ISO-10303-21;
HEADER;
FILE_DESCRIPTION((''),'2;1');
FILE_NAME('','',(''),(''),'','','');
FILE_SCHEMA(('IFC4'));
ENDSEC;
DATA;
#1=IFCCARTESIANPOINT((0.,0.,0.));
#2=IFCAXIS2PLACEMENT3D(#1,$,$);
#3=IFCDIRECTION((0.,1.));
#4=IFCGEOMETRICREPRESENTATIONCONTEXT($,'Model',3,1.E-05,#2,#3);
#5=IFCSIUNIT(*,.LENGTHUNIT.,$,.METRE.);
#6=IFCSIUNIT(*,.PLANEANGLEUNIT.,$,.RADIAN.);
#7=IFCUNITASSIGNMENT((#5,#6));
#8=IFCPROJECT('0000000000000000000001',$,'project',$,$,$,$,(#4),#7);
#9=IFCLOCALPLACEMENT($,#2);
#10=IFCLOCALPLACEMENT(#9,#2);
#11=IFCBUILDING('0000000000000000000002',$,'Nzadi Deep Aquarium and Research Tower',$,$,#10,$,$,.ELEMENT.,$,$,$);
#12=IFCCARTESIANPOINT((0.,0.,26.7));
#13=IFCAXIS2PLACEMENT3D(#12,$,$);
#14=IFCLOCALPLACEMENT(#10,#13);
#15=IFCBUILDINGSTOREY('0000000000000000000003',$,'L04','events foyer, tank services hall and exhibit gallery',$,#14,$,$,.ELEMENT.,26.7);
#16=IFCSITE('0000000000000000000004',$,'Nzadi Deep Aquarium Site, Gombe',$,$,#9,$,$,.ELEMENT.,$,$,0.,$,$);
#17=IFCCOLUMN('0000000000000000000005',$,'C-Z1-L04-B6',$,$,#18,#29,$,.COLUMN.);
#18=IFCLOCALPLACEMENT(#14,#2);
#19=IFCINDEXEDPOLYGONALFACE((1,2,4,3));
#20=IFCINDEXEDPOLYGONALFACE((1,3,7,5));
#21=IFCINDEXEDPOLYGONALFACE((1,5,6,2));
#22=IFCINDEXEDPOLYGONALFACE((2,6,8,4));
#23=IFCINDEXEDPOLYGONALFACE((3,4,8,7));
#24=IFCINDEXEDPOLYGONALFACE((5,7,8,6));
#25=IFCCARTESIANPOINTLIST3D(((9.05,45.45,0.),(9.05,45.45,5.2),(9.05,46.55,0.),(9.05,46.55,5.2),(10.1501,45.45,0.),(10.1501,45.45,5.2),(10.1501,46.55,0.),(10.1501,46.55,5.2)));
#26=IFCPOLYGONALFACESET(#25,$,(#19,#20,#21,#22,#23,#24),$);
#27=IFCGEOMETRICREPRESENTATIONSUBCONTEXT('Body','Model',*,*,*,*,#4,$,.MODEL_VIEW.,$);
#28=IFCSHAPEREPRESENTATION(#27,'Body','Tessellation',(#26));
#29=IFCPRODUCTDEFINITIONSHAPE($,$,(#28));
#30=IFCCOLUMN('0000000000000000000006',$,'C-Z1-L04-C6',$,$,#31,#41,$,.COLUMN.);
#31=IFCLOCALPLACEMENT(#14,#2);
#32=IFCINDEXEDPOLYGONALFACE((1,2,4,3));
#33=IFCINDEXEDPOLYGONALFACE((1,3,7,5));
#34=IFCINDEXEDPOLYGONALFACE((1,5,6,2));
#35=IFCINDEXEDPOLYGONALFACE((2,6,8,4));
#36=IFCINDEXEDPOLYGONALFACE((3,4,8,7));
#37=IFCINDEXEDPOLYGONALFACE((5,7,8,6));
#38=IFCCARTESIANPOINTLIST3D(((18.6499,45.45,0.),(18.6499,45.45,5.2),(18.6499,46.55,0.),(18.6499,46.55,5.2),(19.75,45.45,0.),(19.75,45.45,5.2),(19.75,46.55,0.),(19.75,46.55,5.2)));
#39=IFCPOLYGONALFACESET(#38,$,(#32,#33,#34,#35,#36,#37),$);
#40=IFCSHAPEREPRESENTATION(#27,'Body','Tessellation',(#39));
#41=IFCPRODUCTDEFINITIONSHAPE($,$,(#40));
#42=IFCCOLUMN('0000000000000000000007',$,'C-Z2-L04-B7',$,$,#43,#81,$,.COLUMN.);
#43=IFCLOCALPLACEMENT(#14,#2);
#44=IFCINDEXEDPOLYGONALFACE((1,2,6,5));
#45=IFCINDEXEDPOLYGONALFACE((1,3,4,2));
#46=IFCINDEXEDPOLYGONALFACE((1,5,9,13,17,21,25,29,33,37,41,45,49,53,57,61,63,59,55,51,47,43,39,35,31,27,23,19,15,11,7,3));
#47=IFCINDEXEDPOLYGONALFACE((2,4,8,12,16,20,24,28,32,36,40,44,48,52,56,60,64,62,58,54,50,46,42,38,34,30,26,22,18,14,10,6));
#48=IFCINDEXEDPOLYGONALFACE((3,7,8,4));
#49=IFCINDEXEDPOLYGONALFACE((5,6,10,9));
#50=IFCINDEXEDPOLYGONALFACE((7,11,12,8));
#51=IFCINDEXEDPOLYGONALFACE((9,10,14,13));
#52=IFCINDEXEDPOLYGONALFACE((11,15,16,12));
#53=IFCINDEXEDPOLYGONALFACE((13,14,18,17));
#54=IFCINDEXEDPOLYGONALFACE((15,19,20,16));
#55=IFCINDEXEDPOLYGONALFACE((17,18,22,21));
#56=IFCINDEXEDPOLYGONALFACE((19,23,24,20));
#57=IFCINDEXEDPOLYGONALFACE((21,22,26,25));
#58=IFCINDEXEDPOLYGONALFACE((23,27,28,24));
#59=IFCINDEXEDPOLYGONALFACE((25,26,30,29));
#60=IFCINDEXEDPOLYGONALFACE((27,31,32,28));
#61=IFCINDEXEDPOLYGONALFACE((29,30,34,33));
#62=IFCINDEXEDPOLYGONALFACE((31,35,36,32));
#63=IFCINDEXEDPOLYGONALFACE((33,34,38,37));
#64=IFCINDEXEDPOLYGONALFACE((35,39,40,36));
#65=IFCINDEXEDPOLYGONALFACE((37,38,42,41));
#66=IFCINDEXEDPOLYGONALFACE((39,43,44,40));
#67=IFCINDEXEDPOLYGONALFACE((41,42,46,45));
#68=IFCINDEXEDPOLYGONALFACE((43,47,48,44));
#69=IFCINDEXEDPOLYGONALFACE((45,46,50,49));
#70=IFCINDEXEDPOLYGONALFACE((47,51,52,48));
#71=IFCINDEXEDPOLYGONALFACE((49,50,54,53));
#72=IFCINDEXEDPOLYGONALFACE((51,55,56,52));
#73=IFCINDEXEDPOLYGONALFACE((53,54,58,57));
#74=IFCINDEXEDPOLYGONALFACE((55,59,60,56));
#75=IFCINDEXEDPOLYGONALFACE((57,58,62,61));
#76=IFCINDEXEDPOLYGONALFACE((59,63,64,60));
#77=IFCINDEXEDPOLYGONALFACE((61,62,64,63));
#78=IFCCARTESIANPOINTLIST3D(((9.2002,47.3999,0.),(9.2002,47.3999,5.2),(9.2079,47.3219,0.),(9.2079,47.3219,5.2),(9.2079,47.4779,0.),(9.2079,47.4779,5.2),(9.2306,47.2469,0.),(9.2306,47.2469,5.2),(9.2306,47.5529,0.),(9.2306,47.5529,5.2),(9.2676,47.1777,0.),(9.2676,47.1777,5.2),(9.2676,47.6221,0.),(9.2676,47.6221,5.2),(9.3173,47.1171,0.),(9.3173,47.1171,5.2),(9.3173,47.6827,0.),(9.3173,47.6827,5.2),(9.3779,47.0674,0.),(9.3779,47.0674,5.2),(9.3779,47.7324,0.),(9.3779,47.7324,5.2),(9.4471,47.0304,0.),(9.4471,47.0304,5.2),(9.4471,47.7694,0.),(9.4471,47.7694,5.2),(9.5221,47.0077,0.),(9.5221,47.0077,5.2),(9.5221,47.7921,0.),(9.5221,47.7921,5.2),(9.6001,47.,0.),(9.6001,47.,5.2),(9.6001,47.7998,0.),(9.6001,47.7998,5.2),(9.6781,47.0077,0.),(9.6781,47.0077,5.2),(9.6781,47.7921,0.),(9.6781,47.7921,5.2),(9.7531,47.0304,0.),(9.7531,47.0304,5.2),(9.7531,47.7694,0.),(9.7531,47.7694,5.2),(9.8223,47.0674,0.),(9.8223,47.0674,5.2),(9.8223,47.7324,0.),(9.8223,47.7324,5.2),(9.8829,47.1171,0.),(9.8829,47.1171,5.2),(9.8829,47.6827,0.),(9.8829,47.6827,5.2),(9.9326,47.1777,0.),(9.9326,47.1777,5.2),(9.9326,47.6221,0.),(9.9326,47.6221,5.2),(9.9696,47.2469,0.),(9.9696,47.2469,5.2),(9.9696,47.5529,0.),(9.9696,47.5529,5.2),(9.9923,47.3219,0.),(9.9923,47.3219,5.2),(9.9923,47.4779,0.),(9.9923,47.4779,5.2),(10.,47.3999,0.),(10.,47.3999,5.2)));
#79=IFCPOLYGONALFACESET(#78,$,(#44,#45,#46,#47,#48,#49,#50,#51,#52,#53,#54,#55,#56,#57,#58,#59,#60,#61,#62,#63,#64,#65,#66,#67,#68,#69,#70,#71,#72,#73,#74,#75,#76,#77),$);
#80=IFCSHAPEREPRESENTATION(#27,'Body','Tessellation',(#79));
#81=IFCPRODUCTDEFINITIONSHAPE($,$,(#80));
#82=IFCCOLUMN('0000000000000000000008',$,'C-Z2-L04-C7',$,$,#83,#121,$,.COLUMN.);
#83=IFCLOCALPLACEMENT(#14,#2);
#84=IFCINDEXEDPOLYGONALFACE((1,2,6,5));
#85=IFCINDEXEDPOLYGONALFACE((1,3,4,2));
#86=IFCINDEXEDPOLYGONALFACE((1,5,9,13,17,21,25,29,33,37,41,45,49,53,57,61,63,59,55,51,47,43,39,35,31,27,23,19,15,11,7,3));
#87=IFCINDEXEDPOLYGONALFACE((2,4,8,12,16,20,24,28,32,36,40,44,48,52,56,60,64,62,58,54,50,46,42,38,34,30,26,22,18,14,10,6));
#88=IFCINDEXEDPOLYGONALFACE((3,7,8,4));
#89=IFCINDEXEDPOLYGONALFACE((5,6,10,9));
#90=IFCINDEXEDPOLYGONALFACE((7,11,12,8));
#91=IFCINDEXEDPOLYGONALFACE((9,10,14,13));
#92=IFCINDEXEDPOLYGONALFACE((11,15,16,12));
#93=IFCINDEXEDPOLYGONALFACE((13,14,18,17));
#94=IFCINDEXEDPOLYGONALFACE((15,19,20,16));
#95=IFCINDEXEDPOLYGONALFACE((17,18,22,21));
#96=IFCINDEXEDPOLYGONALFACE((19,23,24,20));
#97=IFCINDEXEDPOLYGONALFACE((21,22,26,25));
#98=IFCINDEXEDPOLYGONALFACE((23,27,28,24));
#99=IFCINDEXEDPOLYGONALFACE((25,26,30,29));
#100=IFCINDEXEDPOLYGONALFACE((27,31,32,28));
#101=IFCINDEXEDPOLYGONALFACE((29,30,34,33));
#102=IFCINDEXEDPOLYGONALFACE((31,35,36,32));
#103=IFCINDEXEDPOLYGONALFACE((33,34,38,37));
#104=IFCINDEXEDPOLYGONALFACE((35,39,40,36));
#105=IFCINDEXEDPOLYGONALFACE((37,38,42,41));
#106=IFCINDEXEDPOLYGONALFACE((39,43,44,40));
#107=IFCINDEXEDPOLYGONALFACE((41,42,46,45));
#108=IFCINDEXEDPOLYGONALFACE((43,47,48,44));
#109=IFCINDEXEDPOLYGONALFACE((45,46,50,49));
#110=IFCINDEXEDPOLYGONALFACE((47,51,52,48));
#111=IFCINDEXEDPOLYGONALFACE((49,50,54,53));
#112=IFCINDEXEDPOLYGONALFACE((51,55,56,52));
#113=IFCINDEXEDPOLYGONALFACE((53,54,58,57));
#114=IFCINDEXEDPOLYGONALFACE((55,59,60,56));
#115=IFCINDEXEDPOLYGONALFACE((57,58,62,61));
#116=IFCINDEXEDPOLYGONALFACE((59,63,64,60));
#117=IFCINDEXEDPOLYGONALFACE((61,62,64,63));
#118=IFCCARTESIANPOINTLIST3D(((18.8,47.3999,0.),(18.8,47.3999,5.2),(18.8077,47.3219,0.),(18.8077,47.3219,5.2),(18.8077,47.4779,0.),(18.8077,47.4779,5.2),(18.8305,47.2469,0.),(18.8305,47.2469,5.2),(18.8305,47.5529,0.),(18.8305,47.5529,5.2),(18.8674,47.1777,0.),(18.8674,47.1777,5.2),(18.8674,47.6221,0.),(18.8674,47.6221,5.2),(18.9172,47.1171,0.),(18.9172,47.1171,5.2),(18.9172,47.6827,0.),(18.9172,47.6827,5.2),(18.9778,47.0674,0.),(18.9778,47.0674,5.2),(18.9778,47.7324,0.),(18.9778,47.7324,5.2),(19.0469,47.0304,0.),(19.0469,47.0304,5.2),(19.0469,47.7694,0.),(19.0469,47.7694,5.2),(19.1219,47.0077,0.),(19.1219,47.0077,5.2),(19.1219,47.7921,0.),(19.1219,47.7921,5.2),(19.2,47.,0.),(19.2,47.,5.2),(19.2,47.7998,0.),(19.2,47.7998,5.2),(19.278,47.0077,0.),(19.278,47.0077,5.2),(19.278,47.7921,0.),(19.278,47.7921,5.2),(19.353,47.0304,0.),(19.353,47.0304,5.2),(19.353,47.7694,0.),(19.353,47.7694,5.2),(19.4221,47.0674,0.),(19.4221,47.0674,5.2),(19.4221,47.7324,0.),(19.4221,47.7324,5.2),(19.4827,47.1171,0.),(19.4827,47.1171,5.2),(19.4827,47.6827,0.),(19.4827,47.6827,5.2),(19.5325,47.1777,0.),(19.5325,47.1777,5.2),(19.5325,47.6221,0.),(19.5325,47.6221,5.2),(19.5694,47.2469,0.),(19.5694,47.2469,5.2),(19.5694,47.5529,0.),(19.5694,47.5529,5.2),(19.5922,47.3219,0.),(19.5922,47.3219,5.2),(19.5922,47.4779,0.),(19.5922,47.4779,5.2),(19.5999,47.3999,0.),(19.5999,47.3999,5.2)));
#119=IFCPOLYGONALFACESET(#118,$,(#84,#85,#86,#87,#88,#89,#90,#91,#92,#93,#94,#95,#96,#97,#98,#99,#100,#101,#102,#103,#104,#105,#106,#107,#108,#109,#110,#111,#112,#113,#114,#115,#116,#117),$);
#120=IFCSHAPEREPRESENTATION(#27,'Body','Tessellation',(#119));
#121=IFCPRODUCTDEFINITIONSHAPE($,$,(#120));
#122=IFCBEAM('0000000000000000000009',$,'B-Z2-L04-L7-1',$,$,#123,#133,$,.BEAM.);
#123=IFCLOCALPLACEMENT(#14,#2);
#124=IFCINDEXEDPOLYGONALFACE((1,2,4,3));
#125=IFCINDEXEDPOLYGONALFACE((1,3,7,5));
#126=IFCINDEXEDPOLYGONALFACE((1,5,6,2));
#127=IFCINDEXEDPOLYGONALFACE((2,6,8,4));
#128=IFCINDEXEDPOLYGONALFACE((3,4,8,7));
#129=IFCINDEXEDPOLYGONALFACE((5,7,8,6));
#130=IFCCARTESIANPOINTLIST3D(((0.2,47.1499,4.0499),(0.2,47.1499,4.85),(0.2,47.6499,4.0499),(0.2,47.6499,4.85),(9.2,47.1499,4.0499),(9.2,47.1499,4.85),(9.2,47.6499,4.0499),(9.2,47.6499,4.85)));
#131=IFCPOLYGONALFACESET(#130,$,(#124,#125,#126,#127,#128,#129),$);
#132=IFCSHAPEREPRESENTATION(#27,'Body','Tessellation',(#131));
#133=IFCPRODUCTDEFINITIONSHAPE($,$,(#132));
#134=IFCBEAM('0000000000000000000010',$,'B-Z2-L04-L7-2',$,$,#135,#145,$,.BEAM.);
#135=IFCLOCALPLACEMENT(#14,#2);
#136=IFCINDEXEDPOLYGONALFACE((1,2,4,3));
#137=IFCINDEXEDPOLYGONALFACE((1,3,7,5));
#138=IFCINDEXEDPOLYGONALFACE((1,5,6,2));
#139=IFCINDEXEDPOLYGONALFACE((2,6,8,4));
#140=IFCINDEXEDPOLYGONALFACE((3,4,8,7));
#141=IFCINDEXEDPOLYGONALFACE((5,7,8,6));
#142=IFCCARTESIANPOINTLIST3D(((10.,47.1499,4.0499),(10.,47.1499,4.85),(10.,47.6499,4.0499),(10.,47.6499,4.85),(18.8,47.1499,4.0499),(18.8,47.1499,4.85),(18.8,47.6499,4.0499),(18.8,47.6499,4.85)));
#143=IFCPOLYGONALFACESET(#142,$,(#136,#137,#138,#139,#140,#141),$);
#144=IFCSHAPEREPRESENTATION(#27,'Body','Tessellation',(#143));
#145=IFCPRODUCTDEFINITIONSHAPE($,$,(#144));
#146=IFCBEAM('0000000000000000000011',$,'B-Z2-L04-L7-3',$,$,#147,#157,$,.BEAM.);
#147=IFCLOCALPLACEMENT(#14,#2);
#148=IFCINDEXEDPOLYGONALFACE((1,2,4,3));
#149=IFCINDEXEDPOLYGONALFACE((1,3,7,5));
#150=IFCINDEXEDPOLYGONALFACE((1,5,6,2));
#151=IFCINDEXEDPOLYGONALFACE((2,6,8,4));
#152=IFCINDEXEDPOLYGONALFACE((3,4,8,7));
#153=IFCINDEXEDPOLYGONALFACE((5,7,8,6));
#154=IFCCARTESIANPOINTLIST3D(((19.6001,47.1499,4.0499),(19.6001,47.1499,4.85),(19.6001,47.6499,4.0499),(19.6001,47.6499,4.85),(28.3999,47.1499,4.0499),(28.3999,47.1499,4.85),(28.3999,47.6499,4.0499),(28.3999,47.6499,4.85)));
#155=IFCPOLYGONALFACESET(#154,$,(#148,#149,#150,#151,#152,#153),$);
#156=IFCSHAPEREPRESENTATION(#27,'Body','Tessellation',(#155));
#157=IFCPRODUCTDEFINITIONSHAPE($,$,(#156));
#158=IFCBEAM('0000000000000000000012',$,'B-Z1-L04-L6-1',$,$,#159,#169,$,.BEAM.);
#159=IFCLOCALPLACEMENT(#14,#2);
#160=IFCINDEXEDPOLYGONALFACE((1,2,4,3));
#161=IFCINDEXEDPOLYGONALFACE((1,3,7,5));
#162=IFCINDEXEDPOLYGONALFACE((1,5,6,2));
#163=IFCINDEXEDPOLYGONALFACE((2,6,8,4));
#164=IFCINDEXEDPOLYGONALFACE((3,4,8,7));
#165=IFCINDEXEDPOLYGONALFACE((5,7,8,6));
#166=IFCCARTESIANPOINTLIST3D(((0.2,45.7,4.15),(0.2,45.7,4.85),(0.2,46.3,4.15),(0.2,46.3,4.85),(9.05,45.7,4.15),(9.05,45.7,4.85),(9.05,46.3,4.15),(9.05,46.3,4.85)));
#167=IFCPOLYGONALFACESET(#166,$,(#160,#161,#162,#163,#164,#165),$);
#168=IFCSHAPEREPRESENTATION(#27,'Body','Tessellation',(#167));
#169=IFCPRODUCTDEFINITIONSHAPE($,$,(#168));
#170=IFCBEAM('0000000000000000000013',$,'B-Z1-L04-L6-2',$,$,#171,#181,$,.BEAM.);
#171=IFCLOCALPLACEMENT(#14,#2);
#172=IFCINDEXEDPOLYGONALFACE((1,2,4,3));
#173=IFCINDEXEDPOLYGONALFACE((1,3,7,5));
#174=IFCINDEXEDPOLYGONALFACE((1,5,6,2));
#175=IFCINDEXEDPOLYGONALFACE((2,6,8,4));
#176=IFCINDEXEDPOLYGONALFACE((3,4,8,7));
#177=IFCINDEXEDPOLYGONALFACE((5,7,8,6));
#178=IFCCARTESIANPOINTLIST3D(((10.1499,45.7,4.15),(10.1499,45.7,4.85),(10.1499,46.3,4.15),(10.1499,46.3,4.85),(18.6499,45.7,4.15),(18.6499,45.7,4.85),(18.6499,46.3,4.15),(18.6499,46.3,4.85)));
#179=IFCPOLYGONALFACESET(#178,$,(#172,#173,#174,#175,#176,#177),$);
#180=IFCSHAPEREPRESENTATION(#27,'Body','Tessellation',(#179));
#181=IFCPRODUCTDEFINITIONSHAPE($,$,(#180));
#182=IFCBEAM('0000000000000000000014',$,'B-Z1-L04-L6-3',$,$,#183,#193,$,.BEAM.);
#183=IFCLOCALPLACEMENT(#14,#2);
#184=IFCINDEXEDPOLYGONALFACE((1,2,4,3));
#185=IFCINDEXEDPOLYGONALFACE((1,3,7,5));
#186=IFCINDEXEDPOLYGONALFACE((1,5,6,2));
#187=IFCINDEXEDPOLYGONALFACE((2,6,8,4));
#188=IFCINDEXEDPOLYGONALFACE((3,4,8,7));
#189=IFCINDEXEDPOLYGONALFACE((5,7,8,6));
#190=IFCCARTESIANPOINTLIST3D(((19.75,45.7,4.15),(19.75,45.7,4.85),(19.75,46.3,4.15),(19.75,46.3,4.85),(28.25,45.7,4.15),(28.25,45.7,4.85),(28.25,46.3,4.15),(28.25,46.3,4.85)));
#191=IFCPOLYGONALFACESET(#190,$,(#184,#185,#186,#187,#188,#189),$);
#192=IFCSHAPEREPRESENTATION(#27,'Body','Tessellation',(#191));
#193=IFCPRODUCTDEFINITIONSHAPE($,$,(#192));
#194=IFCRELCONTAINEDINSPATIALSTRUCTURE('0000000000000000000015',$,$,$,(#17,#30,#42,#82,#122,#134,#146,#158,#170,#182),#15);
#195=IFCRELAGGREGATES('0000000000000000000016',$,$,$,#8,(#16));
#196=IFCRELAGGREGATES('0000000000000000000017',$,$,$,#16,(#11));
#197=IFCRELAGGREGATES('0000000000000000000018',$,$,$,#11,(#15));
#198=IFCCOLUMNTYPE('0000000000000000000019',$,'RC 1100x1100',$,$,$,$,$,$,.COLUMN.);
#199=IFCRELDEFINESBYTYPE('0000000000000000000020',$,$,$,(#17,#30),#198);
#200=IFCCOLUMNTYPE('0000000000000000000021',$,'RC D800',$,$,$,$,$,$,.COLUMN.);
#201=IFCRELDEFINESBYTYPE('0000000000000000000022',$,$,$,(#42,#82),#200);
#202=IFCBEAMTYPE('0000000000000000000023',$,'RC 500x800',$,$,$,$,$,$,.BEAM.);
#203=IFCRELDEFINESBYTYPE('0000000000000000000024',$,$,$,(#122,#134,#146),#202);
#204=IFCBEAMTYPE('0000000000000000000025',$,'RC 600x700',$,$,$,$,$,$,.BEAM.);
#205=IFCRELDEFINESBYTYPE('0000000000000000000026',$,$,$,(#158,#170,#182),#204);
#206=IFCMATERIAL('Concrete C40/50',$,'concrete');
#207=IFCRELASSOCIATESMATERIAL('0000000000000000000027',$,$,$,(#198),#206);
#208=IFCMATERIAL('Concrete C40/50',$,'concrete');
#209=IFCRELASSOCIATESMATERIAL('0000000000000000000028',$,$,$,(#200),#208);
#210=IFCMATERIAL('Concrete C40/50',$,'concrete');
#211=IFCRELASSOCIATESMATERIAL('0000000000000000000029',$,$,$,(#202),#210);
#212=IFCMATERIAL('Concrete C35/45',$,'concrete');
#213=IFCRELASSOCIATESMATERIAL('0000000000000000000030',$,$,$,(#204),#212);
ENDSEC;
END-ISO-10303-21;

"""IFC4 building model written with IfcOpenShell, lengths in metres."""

from ifc_helpers import new_model, si_unit, direction, frame, origin, origin_2d, place, context, subcontext, project, spatial, rectangle, circle, extrude, material, material_profile, profile_set, type_object, element, save


model = new_model("IFC4")

# Units and contexts
model_context = context("Model", 3, precision=1e-05, world=origin(), true_north=direction((0.0, 1.0)))
body_context = subcontext(model_context, "Body", "Model", "MODEL_VIEW")
ifc_project = project(units=[si_unit("LENGTHUNIT", "METRE"), si_unit("PLANEANGLEUNIT", "RADIAN")], contexts=[model_context])

# Site, building, storey
site_placement = place(None, origin())
site = spatial("IfcSite", under=ifc_project, at=site_placement, Name="Nzadi Deep Aquarium Site, Gombe", CompositionType="ELEMENT", RefElevation=0.0)
building_placement = place(site_placement, origin())
building = spatial("IfcBuilding", under=site, at=building_placement, Name="Nzadi Deep Aquarium and Research Tower", CompositionType="ELEMENT")
storey_placement = place(building_placement, frame((0.0, 0.0, 26.7)))
storey = spatial("IfcBuildingStorey", under=building, at=storey_placement, Name="L04", Description="events foyer, tank services hall and exhibit gallery", CompositionType="ELEMENT", Elevation=26.7)

# Columns
ifc_material_1 = material(Name="Concrete C40/50", Category="concrete")
ifc_material_profile_1 = material_profile(ifc_material_1, rectangle(XDim=1.1001, YDim=1.1001, at=origin_2d()))
ifc_profile_set_1 = profile_set([ifc_material_profile_1], Name="Concrete C40/50")
column_type_1 = type_object("IfcColumnType", Name="RC 1100x1100", PredefinedType="COLUMN", material=ifc_profile_set_1)
for number, where, z_axis, x_axis, name in (
    (1, (9.6001, 46.0, 0.0), (0.0, 0.0, 1.0), (1.0, 0.0, 0.0), "C-Z1-L04-B6"),
    (2, (19.2, 46.0, 0.0), (0.0, 0.0, 1.0), (1.0, 0.0, 0.0), "C-Z1-L04-C6"),
):
    element("IfcColumn", number, at=place(storey_placement, frame(where, z_axis=z_axis, x_axis=x_axis)), inside=storey, type_object=column_type_1, Name=name, PredefinedType="COLUMN", context=body_context, shape_type="SweptSolid", body=[
        extrude(rectangle(XDim=1.1001, YDim=1.1001, at=origin_2d()), origin(), (0.0, 0.0, 1.0), 5.2),
    ])
ifc_material_2 = material(Name="Concrete C40/50", Category="concrete")
ifc_material_profile_2 = material_profile(ifc_material_2, circle(Radius=0.3999, at=origin_2d()))
ifc_profile_set_2 = profile_set([ifc_material_profile_2], Name="Concrete C40/50")
column_type_2 = type_object("IfcColumnType", Name="RC D800", PredefinedType="COLUMN", material=ifc_profile_set_2)
for number, where, z_axis, x_axis, name in (
    (3, (9.6001, 47.3999, 0.0), (0.0, 0.0, 1.0), (1.0, 0.0, 0.0), "C-Z2-L04-B7"),
    (4, (19.2, 47.3999, 0.0), (0.0, 0.0, 1.0), (1.0, 0.0, 0.0), "C-Z2-L04-C7"),
):
    element("IfcColumn", number, at=place(storey_placement, frame(where, z_axis=z_axis, x_axis=x_axis)), inside=storey, type_object=column_type_2, Name=name, PredefinedType="COLUMN", context=body_context, shape_type="SweptSolid", body=[
        extrude(circle(Radius=0.3999, at=origin_2d()), origin(), (0.0, 0.0, 1.0), 5.2),
    ])

# Beams
ifc_material_3 = material(Name="Concrete C40/50", Category="concrete")
ifc_material_profile_3 = material_profile(ifc_material_3, rectangle(XDim=0.5, YDim=0.8, at=origin_2d()))
ifc_profile_set_3 = profile_set([ifc_material_profile_3], Name="Concrete C40/50")
beam_type_1 = type_object("IfcBeamType", Name="RC 500x800", PredefinedType="BEAM", material=ifc_profile_set_3)
beam_1_placement = place(storey_placement, frame((0.2, 47.3999, 4.45), z_axis=(1.0, 0.0, 0.0), x_axis=(0.0, 1.0, 0.0)))
element("IfcBeam", 5, at=beam_1_placement, inside=storey, type_object=beam_type_1, Name="B-Z2-L04-L7-1", PredefinedType="BEAM", context=body_context, shape_type="SweptSolid", body=[
    extrude(rectangle(XDim=0.5, YDim=0.8, at=origin_2d()), origin(), (0.0, 0.0, 1.0), 9.0),
])
beam_2_placement = place(storey_placement, frame((10.0, 47.3999, 4.45), z_axis=(1.0, 0.0, 0.0), x_axis=(0.0, 1.0, 0.0)))
element("IfcBeam", 6, at=beam_2_placement, inside=storey, type_object=beam_type_1, Name="B-Z2-L04-L7-2", PredefinedType="BEAM", context=body_context, shape_type="SweptSolid", body=[
    extrude(rectangle(XDim=0.5, YDim=0.8, at=origin_2d()), origin(), (0.0, 0.0, 1.0), 8.8),
])
beam_3_placement = place(storey_placement, frame((19.6001, 47.3999, 4.45), z_axis=(1.0, 0.0, 0.0), x_axis=(0.0, 1.0, 0.0)))
element("IfcBeam", 7, at=beam_3_placement, inside=storey, type_object=beam_type_1, Name="B-Z2-L04-L7-3", PredefinedType="BEAM", context=body_context, shape_type="SweptSolid", body=[
    extrude(rectangle(XDim=0.5, YDim=0.8, at=origin_2d()), origin(), (0.0, 0.0, 1.0), 8.7998),
])
ifc_material_4 = material(Name="Concrete C35/45", Category="concrete")
ifc_material_profile_4 = material_profile(ifc_material_4, rectangle(XDim=0.6001, YDim=0.7, at=origin_2d()))
ifc_profile_set_4 = profile_set([ifc_material_profile_4], Name="Concrete C35/45")
beam_type_2 = type_object("IfcBeamType", Name="RC 600x700", PredefinedType="BEAM", material=ifc_profile_set_4)
beam_4_placement = place(storey_placement, frame((0.2, 46.0, 4.5), z_axis=(1.0, 0.0, 0.0), x_axis=(0.0, 1.0, 0.0)))
element("IfcBeam", 8, at=beam_4_placement, inside=storey, type_object=beam_type_2, Name="B-Z1-L04-L6-1", PredefinedType="BEAM", context=body_context, shape_type="SweptSolid", body=[
    extrude(rectangle(XDim=0.6001, YDim=0.7, at=origin_2d()), origin(), (0.0, 0.0, 1.0), 8.8501),
])
for number, where, z_axis, x_axis, name in (
    (9, (10.1499, 46.0, 4.5), (1.0, 0.0, 0.0), (0.0, 1.0, 0.0), "B-Z1-L04-L6-2"),
    (10, (19.75, 46.0, 4.5), (1.0, 0.0, 0.0), (0.0, 1.0, 0.0), "B-Z1-L04-L6-3"),
):
    element("IfcBeam", number, at=place(storey_placement, frame(where, z_axis=z_axis, x_axis=x_axis)), inside=storey, type_object=beam_type_2, Name=name, PredefinedType="BEAM", context=body_context, shape_type="SweptSolid", body=[
        extrude(rectangle(XDim=0.6001, YDim=0.7, at=origin_2d()), origin(), (0.0, 0.0, 1.0), 8.5),
    ])

save(model, "model.ifc")
